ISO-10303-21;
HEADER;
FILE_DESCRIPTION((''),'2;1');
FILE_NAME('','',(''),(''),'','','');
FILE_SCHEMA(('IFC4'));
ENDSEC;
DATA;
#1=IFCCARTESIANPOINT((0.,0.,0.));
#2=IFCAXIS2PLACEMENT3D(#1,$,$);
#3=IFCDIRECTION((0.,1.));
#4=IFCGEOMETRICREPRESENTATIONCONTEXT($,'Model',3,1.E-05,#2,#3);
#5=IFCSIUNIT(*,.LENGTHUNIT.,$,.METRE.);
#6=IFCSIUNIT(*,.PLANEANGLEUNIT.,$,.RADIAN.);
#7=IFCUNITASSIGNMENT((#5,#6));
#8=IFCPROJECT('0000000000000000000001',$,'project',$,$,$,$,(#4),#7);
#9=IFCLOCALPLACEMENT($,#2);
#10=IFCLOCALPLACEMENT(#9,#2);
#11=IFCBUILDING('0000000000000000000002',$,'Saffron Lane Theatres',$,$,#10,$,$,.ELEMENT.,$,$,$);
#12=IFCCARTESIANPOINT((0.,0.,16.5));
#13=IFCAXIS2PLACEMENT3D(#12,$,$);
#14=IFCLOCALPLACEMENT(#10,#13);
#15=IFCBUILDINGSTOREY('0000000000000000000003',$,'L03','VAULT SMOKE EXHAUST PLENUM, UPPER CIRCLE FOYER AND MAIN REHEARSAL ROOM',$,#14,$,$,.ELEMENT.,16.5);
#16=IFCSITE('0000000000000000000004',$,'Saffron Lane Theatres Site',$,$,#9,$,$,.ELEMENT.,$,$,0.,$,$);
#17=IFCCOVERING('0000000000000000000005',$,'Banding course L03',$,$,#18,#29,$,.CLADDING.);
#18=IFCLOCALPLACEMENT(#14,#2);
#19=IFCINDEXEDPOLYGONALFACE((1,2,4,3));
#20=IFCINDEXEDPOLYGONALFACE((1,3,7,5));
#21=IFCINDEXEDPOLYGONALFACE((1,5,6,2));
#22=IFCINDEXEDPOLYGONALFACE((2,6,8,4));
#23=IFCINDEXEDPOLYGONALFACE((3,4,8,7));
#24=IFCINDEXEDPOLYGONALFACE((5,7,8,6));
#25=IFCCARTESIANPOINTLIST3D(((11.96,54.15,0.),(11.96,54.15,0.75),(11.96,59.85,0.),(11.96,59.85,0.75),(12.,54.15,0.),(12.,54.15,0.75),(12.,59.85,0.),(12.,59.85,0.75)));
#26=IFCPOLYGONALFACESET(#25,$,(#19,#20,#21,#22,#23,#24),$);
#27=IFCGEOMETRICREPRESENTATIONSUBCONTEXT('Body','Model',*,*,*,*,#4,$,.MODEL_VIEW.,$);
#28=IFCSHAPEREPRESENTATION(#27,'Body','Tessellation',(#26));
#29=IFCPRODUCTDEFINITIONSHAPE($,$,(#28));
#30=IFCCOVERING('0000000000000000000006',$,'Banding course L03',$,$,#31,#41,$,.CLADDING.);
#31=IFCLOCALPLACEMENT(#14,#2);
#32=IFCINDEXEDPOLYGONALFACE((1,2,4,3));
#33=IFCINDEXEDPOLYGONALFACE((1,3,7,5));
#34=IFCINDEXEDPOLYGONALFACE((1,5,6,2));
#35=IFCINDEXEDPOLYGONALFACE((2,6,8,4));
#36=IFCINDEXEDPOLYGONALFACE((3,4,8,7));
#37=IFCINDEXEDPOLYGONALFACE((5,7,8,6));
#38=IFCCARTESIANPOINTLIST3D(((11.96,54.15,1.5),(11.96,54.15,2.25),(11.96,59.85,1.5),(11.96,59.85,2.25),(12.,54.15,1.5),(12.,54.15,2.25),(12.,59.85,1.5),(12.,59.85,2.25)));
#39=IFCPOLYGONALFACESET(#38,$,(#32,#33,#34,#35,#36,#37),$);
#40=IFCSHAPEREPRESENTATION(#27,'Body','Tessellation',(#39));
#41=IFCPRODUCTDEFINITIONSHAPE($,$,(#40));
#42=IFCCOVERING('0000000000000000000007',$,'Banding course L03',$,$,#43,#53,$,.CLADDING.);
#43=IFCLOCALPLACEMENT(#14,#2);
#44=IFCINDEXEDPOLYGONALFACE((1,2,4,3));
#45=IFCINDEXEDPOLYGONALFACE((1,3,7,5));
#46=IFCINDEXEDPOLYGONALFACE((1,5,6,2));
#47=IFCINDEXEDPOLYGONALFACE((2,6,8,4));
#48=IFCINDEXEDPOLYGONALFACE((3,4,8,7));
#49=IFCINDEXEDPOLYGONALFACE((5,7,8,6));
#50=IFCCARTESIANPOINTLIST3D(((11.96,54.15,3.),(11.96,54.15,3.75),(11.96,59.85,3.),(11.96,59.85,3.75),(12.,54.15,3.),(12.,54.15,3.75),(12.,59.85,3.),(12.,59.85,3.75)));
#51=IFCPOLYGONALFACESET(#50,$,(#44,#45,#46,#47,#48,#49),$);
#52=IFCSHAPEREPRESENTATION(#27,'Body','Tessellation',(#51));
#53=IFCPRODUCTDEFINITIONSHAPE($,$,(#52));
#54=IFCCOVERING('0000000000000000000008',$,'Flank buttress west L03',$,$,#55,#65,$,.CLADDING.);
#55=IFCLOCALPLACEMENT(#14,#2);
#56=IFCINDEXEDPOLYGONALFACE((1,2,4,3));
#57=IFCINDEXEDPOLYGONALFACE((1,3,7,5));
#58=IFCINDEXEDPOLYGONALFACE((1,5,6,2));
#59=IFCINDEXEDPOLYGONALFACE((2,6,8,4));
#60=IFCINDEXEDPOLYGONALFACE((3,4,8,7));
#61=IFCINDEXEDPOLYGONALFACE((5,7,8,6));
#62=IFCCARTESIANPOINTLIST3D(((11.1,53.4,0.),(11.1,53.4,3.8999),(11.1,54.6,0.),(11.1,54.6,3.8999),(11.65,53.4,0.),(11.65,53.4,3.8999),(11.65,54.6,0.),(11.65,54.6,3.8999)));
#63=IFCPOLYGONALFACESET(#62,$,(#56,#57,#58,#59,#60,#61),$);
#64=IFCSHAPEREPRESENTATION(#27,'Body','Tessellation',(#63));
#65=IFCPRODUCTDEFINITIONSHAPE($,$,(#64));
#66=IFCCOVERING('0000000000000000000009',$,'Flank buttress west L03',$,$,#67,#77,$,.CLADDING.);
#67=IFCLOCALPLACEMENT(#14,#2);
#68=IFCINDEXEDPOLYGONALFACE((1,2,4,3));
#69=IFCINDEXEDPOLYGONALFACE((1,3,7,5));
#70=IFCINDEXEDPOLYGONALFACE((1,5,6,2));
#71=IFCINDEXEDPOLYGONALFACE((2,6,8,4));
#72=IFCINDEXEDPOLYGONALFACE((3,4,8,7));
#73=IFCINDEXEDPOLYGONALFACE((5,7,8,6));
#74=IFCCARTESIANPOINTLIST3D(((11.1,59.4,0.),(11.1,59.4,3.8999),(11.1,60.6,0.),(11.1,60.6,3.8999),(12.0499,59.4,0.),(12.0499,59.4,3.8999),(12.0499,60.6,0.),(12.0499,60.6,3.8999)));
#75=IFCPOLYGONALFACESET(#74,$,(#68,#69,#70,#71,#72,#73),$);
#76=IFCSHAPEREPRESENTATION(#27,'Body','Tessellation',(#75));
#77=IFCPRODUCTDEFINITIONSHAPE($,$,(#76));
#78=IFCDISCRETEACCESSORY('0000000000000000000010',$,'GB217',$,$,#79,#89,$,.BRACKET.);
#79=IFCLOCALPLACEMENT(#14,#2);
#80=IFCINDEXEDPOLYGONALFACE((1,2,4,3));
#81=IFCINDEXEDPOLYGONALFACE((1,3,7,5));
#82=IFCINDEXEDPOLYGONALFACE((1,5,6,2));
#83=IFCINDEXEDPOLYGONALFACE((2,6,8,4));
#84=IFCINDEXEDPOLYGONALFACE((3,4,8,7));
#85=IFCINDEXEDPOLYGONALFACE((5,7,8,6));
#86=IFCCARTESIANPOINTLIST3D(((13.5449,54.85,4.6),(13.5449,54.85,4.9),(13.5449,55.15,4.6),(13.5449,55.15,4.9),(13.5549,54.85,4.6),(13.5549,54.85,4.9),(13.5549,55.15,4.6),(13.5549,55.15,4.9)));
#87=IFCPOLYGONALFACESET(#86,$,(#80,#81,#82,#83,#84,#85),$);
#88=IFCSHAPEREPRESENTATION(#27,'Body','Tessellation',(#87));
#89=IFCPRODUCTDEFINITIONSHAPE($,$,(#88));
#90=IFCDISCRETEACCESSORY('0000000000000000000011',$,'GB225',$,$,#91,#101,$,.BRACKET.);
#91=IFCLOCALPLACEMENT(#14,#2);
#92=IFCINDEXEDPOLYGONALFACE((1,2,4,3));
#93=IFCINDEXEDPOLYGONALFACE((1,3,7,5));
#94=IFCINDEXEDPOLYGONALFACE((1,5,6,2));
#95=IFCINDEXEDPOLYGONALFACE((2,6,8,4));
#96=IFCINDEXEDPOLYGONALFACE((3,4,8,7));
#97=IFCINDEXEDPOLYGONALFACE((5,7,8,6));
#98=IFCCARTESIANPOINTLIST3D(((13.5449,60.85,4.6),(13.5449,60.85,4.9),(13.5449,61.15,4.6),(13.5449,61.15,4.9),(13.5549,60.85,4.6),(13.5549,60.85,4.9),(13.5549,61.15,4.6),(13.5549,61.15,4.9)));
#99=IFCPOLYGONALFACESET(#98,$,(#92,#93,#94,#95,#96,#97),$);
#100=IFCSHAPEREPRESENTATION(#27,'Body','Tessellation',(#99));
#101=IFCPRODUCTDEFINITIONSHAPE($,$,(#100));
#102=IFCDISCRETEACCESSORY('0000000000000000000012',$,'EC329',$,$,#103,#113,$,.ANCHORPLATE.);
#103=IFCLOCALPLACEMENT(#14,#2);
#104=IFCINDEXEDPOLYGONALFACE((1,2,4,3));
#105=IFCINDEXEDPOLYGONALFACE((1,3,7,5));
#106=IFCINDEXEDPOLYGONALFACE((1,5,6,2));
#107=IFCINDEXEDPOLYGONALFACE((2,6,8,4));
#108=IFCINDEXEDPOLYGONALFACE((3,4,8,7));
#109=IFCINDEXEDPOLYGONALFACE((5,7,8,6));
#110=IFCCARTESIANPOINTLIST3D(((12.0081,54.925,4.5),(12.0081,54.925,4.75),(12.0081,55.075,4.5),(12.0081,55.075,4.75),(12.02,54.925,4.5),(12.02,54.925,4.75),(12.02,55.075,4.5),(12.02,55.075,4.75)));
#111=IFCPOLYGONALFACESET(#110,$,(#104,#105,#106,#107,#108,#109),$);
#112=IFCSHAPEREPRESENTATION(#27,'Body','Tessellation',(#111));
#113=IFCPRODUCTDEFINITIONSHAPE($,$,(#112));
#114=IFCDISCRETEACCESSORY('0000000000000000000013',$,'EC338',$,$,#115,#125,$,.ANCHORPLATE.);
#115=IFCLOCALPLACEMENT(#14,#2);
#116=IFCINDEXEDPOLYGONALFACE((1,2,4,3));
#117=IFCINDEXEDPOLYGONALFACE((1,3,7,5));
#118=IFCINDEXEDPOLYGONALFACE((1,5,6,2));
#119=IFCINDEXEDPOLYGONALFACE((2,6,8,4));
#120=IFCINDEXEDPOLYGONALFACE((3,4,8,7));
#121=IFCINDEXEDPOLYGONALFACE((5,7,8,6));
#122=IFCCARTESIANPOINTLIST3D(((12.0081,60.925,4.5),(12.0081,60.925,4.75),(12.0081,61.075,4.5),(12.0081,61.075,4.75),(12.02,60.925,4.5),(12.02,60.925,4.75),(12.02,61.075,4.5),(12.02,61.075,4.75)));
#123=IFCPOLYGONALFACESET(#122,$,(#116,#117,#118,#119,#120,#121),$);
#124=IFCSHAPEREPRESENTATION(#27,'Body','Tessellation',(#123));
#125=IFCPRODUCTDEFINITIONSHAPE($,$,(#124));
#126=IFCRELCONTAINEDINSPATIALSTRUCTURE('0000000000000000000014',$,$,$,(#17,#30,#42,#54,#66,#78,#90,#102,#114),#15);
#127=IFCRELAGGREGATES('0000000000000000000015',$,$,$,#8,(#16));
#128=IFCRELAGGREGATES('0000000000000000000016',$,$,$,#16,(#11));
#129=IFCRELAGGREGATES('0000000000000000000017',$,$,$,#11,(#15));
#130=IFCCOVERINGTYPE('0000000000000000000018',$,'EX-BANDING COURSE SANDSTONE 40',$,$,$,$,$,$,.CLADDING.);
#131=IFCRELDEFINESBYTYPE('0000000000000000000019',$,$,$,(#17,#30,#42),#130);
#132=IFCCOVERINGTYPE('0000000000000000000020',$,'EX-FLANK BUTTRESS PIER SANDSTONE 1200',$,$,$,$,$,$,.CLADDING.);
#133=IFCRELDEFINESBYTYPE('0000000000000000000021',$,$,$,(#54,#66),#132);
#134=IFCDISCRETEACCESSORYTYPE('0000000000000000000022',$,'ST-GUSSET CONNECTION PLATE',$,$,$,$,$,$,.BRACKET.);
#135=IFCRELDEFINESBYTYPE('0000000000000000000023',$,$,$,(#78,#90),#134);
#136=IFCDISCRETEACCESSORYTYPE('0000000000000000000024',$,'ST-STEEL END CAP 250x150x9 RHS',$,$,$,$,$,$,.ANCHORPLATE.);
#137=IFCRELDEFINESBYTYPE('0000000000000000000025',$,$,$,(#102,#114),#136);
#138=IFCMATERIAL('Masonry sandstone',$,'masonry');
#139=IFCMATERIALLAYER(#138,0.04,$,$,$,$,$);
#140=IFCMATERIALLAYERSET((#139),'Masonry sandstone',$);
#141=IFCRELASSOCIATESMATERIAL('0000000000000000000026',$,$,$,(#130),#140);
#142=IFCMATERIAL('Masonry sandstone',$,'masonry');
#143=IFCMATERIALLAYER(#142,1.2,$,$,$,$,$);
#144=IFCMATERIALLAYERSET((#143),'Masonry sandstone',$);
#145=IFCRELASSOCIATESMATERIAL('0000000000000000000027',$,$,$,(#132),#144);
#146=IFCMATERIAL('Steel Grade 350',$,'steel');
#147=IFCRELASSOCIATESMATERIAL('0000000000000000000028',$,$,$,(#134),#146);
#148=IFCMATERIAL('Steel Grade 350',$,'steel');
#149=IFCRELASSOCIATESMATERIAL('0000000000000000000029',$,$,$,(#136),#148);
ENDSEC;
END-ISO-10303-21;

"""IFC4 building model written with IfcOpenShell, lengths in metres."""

from ifc_helpers import new_model, si_unit, direction, frame, origin, origin_2d, place, context, subcontext, project, spatial, rectangle, extrude, material, layer, layer_set, material_profile, profile_set, type_object, element, save


model = new_model("IFC4")

# Units and contexts
model_context = context("Model", 3, precision=1e-05, world=origin(), true_north=direction((0.0, 1.0)))
body_context = subcontext(model_context, "Body", "Model", "MODEL_VIEW")
ifc_project = project(units=[si_unit("LENGTHUNIT", "METRE"), si_unit("PLANEANGLEUNIT", "RADIAN")], contexts=[model_context])

# Site, building, storey
site_placement = place(None, origin())
site = spatial("IfcSite", under=ifc_project, at=site_placement, Name="Saffron Lane Theatres Site", CompositionType="ELEMENT", RefElevation=0.0)
building_placement = place(site_placement, origin())
building = spatial("IfcBuilding", under=site, at=building_placement, Name="Saffron Lane Theatres", CompositionType="ELEMENT")
storey_placement = place(building_placement, frame((0.0, 0.0, 16.5)))
storey = spatial("IfcBuildingStorey", under=building, at=storey_placement, Name="L03", Description="VAULT SMOKE EXHAUST PLENUM, UPPER CIRCLE FOYER AND MAIN REHEARSAL ROOM", CompositionType="ELEMENT", Elevation=16.5)

# Coverings
ifc_material_1 = material(Name="Masonry sandstone", Category="masonry")
ifc_layer_1 = layer(ifc_material_1, 0.04)
ifc_layer_set_1 = layer_set([ifc_layer_1], Name="Masonry sandstone")
covering_type_1 = type_object("IfcCoveringType", Name="EX-BANDING COURSE SANDSTONE 40", PredefinedType="CLADDING", material=ifc_layer_set_1)
for number, where, z_axis, x_axis, name in (
    (1, (11.98, 57.0, 0.0), (0.0, 0.0, 1.0), (0.0, 1.0, 0.0), "Banding course L03"),
    (2, (11.98, 57.0, 1.5), (0.0, 0.0, 1.0), (0.0, 1.0, 0.0), "Banding course L03"),
    (3, (11.98, 57.0, 3.0), (0.0, 0.0, 1.0), (0.0, 1.0, 0.0), "Banding course L03"),
):
    element("IfcCovering", number, at=place(storey_placement, frame(where, z_axis=z_axis, x_axis=x_axis)), inside=storey, type_object=covering_type_1, Name=name, PredefinedType="CLADDING", context=body_context, shape_type="SweptSolid", body=[
        extrude(rectangle(XDim=5.7, YDim=0.04, at=origin_2d()), origin(), (0.0, 0.0, 1.0), 0.75),
    ])
ifc_material_2 = material(Name="Masonry sandstone", Category="masonry")
ifc_layer_2 = layer(ifc_material_2, 1.2)
ifc_layer_set_2 = layer_set([ifc_layer_2], Name="Masonry sandstone")
covering_type_2 = type_object("IfcCoveringType", Name="EX-FLANK BUTTRESS PIER SANDSTONE 1200", PredefinedType="CLADDING", material=ifc_layer_set_2)
covering_1_placement = place(storey_placement, frame((11.375, 54.0, 0.0), z_axis=(0.0, 0.0, 1.0), x_axis=(0.0, 1.0, 0.0)))
element("IfcCovering", 4, at=covering_1_placement, inside=storey, type_object=covering_type_2, Name="Flank buttress west L03", PredefinedType="CLADDING", context=body_context, shape_type="SweptSolid", body=[
    extrude(rectangle(XDim=1.2, YDim=0.55, at=origin_2d()), origin(), (0.0, 0.0, 1.0), 3.8999),
])
covering_2_placement = place(storey_placement, frame((11.575, 60.0, 0.0), z_axis=(0.0, 0.0, 1.0), x_axis=(0.0, 1.0, 0.0)))
element("IfcCovering", 5, at=covering_2_placement, inside=storey, type_object=covering_type_2, Name="Flank buttress west L03", PredefinedType="CLADDING", context=body_context, shape_type="SweptSolid", body=[
    extrude(rectangle(XDim=1.2, YDim=0.95, at=origin_2d()), origin(), (0.0, 0.0, 1.0), 3.8999),
])

# Discrete accessories
ifc_material_3 = material(Name="Steel Grade 350", Category="steel")
ifc_material_profile_1 = material_profile(ifc_material_3, rectangle(XDim=0.3, YDim=0.3, at=origin_2d()))
ifc_profile_set_1 = profile_set([ifc_material_profile_1], Name="Steel Grade 350")
discrete_accessory_type_1 = type_object("IfcDiscreteAccessoryType", Name="ST-GUSSET CONNECTION PLATE", PredefinedType="BRACKET", material=ifc_profile_set_1)
for number, where, z_axis, x_axis, name in (
    (6, (13.5449, 55.0, 4.75), (1.0, 0.0, 0.0), (0.0, 1.0, 0.0), "GB217"),
    (7, (13.5449, 61.0, 4.75), (1.0, 0.0, 0.0), (0.0, 1.0, 0.0), "GB225"),
):
    element("IfcDiscreteAccessory", number, at=place(storey_placement, frame(where, z_axis=z_axis, x_axis=x_axis)), inside=storey, type_object=discrete_accessory_type_1, Name=name, PredefinedType="BRACKET", context=body_context, shape_type="SweptSolid", body=[
        extrude(rectangle(XDim=0.3, YDim=0.3, at=origin_2d()), origin(), (0.0, 0.0, 1.0), 0.01),
    ])
ifc_material_4 = material(Name="Steel Grade 350", Category="steel")
ifc_material_profile_2 = material_profile(ifc_material_4, rectangle(XDim=0.1499, YDim=0.25, at=origin_2d()))
ifc_profile_set_2 = profile_set([ifc_material_profile_2], Name="Steel Grade 350")
discrete_accessory_type_2 = type_object("IfcDiscreteAccessoryType", Name="ST-STEEL END CAP 250x150x9 RHS", PredefinedType="ANCHORPLATE", material=ifc_profile_set_2)
for number, where, z_axis, x_axis, name in (
    (8, (12.0081, 55.0, 4.625), (1.0, 0.0, 0.0), (0.0, 1.0, 0.0), "EC329"),
    (9, (12.0081, 61.0, 4.625), (1.0, 0.0, 0.0), (0.0, 1.0, 0.0), "EC338"),
):
    element("IfcDiscreteAccessory", number, at=place(storey_placement, frame(where, z_axis=z_axis, x_axis=x_axis)), inside=storey, type_object=discrete_accessory_type_2, Name=name, PredefinedType="ANCHORPLATE", context=body_context, shape_type="SweptSolid", body=[
        extrude(rectangle(XDim=0.1499, YDim=0.25, at=origin_2d()), origin(), (0.0, 0.0, 1.0), 0.012),
    ])

save(model, "model.ifc")
